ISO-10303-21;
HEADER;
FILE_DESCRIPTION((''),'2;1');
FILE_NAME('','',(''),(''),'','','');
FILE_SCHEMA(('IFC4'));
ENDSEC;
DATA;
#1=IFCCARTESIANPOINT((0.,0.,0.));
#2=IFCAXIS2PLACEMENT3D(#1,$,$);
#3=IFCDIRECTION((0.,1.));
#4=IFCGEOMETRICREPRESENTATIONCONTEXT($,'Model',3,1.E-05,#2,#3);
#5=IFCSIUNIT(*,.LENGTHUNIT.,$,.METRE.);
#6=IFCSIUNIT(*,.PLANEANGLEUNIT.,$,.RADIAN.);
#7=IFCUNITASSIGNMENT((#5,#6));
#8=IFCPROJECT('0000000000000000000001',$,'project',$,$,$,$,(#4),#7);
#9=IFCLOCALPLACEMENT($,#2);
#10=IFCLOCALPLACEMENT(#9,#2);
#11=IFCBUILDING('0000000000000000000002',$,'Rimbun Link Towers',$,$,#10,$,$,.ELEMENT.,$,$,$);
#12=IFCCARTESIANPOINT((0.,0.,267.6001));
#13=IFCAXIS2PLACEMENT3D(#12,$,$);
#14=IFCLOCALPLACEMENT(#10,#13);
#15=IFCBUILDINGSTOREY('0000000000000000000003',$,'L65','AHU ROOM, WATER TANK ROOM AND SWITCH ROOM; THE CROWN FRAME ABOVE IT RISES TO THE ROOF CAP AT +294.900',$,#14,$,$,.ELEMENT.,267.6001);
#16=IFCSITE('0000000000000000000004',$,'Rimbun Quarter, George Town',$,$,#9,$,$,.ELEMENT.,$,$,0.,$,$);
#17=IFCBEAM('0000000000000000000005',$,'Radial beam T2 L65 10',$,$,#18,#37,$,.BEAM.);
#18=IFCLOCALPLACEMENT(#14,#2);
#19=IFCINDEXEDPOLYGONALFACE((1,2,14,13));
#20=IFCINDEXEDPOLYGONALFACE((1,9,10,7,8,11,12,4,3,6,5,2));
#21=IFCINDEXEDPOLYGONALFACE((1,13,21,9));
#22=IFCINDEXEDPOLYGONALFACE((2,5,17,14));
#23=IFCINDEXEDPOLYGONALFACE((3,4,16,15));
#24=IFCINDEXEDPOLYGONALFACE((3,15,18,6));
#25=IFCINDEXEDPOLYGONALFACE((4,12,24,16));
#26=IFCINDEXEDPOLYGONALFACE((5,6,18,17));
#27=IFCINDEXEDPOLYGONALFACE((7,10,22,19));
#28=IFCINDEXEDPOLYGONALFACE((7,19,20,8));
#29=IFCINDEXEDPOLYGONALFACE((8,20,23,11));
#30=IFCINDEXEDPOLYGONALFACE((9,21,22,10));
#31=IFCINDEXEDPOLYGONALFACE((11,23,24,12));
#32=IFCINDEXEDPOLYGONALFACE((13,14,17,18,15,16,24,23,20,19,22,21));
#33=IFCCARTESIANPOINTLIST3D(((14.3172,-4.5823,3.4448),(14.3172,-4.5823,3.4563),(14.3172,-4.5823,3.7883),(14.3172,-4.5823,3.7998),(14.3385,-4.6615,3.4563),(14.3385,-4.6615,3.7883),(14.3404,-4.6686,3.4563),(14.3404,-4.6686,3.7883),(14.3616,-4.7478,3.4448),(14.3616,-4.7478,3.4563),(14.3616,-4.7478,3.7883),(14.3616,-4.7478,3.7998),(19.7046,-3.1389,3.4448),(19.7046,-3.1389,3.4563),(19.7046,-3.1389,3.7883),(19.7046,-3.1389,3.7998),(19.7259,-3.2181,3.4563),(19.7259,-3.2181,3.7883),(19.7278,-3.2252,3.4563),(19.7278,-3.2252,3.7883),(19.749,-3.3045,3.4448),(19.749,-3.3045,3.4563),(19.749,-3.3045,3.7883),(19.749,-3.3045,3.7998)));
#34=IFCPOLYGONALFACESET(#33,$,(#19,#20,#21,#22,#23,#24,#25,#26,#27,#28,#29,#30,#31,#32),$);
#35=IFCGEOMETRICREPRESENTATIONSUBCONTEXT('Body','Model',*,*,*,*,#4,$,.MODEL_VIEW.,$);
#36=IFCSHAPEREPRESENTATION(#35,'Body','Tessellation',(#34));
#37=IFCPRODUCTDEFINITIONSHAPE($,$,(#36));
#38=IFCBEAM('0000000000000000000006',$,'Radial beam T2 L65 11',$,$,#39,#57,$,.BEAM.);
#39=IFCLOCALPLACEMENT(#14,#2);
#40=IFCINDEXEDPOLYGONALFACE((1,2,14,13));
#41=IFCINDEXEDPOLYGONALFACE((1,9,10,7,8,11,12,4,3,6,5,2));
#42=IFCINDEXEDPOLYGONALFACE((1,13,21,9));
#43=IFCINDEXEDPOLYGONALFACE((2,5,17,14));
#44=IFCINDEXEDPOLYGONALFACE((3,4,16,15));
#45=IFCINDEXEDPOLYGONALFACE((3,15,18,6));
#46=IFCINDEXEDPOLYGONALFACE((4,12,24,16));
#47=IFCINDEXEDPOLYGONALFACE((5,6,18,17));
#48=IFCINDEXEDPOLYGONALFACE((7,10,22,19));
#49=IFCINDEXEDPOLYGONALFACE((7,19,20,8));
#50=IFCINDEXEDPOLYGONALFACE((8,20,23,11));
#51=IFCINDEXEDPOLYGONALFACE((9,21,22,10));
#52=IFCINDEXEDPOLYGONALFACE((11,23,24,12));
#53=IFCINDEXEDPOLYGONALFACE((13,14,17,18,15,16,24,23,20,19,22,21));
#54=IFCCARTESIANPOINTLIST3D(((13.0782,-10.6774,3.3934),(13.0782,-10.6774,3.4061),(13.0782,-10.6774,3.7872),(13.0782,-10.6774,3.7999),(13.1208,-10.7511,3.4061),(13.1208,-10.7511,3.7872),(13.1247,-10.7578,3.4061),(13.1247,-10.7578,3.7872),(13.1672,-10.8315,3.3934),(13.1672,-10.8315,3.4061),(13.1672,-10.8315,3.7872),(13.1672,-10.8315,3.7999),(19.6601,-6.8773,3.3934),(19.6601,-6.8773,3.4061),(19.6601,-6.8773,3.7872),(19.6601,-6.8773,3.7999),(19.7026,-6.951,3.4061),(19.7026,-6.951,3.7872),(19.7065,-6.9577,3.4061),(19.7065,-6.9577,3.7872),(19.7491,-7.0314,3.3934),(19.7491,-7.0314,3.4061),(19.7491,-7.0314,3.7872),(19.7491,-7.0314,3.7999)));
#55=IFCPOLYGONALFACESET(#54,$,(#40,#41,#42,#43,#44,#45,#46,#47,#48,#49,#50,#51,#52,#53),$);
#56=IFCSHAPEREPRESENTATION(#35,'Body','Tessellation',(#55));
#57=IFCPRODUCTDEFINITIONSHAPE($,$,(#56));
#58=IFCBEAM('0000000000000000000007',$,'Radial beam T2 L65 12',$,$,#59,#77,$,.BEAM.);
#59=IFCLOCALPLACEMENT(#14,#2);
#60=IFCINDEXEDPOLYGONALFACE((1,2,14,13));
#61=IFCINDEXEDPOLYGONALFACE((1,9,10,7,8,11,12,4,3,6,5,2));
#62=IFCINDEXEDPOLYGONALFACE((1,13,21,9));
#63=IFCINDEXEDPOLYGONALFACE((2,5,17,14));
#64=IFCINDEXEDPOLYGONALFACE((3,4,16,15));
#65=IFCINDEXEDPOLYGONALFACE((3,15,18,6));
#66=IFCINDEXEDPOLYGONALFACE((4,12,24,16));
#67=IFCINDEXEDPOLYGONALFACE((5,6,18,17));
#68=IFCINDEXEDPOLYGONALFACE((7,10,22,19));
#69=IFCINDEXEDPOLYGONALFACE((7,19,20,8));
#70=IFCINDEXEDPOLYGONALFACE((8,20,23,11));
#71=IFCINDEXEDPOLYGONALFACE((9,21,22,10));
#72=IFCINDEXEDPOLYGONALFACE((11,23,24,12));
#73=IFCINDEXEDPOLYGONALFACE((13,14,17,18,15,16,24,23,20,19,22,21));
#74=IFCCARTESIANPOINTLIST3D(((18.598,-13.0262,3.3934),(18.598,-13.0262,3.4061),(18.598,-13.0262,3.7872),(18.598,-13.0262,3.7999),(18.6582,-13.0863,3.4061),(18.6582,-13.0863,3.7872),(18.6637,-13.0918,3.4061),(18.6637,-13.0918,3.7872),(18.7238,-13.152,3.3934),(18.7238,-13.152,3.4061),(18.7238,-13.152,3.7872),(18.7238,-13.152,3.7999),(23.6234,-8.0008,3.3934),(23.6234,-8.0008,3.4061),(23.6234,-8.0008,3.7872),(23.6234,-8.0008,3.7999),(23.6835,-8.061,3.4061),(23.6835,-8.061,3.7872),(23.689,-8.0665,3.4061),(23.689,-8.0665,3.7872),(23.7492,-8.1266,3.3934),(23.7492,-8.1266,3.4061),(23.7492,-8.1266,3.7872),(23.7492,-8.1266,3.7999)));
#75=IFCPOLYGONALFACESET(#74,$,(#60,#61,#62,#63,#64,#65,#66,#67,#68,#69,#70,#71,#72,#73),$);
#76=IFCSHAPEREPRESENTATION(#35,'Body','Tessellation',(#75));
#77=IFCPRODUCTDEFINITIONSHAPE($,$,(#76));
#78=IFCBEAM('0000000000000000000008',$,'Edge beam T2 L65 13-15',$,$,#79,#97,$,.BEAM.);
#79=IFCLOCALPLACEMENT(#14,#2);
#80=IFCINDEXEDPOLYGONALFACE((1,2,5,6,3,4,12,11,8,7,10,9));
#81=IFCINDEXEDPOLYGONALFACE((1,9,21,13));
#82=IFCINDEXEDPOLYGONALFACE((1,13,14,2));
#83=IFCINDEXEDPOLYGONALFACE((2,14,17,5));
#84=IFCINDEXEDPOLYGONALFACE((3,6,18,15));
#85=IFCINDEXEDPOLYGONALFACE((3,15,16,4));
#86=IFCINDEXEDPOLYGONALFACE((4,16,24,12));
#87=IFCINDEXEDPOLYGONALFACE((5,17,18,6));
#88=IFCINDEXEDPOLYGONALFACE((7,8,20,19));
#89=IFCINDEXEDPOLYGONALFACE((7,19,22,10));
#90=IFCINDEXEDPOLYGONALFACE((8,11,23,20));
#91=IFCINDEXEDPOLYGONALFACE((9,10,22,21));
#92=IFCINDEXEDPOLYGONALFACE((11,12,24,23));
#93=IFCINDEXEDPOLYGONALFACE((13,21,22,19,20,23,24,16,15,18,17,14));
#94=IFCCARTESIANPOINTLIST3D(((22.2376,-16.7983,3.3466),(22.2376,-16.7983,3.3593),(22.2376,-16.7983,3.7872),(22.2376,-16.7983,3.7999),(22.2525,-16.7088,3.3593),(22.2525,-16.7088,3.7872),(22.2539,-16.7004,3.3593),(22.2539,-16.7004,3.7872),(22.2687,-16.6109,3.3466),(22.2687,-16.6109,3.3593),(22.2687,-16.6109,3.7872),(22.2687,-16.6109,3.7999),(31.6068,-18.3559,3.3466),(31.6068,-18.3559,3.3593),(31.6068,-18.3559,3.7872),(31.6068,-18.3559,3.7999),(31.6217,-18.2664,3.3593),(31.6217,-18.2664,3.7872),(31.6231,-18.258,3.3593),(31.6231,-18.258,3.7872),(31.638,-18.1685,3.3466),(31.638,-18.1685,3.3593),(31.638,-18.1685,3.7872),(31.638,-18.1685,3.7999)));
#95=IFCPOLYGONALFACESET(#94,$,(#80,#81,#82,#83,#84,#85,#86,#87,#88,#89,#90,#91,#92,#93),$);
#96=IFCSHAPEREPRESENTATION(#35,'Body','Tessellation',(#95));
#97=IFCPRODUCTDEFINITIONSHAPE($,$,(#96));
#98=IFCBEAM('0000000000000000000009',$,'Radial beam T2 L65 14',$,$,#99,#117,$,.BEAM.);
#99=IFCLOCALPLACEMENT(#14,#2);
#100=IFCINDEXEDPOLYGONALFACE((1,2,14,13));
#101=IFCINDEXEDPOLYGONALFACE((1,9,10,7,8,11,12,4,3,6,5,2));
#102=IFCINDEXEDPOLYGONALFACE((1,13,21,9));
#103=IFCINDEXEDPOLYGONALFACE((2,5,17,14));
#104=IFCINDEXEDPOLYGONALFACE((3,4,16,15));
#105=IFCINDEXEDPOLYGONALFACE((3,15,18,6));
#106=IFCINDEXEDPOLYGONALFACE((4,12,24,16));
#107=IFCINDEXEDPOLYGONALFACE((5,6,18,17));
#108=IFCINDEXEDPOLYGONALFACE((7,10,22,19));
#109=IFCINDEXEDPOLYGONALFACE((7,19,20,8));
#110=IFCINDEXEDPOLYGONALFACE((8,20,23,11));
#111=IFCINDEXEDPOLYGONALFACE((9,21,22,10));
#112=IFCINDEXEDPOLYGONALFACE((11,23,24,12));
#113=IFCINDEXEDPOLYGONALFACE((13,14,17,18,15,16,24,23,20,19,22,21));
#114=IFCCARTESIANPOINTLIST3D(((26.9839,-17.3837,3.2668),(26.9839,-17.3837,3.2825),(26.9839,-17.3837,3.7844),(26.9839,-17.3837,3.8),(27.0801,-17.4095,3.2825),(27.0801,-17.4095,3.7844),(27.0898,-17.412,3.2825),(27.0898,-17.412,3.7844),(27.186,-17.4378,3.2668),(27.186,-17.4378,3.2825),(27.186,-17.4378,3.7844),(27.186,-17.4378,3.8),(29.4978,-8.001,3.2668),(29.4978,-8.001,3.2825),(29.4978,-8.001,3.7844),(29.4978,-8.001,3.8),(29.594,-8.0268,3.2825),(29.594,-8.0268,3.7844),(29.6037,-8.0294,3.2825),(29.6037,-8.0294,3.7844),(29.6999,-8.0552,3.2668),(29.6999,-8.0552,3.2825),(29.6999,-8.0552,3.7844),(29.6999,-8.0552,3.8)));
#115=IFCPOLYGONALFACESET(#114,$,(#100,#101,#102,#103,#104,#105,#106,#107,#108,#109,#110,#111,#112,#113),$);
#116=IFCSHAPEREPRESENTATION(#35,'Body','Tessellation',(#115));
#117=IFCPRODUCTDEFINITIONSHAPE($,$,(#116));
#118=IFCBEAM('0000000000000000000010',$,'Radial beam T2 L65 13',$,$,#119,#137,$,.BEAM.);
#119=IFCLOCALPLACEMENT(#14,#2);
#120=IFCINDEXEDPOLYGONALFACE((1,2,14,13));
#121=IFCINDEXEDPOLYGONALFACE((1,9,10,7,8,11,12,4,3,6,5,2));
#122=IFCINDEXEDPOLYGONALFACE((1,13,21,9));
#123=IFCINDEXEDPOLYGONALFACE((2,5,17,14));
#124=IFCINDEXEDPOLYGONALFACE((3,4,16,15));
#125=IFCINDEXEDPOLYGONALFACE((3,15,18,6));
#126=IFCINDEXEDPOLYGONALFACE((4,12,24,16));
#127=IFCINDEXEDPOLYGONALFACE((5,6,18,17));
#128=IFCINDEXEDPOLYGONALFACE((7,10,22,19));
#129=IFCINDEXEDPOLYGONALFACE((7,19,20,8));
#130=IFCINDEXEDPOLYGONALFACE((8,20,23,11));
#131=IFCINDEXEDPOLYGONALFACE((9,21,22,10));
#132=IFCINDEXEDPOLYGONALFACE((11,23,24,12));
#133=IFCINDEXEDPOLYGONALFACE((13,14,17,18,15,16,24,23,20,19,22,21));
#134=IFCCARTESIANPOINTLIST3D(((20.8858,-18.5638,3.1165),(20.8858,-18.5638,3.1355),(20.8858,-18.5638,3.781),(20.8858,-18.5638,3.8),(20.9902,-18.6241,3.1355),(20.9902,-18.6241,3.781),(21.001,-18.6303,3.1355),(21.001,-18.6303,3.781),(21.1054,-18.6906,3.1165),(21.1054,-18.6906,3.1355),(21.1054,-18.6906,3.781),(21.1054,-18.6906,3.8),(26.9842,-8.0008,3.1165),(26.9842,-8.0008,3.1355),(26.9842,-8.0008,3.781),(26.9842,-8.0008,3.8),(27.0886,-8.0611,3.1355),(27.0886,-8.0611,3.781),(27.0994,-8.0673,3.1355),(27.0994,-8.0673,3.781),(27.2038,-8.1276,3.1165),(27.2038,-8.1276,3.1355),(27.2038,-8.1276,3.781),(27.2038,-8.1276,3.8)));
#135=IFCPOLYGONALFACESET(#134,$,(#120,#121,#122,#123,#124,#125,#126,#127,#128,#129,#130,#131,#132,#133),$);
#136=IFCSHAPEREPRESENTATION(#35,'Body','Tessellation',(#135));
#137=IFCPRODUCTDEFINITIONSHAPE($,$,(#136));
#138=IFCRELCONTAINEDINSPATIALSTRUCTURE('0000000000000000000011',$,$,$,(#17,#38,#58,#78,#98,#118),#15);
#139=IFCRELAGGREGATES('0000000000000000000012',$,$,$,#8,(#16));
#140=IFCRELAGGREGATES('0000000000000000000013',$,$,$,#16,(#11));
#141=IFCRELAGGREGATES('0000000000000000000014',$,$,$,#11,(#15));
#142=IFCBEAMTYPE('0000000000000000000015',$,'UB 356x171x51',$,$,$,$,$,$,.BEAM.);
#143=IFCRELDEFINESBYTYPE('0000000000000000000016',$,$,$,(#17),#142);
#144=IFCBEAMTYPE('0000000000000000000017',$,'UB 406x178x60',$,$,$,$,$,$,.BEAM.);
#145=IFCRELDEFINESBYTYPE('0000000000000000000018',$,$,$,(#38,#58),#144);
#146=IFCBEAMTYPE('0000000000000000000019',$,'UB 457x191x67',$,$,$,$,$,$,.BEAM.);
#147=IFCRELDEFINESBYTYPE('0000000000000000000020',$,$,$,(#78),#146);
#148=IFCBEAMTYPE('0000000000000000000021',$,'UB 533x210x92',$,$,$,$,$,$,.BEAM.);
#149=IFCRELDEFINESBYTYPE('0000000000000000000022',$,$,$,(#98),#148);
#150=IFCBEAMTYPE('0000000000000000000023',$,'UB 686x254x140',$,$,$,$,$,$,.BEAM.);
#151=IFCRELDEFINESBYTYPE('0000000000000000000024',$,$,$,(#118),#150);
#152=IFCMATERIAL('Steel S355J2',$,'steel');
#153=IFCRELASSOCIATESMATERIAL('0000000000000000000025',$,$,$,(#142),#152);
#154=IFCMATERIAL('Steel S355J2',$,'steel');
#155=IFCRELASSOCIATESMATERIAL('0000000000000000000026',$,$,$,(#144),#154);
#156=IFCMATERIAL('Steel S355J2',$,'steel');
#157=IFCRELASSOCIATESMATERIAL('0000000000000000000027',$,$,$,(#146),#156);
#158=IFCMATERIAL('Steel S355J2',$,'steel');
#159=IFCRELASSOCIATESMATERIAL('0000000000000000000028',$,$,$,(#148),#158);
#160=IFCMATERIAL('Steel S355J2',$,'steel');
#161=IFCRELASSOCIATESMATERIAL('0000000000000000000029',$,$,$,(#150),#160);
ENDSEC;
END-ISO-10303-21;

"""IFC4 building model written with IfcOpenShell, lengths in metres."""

from ifc_helpers import new_model, si_unit, direction, frame, origin, origin_2d, place, context, subcontext, project, spatial, i_section, extrude, material, material_profile, profile_set, type_object, element, save


model = new_model("IFC4")

# Units and contexts
model_context = context("Model", 3, precision=1e-05, world=origin(), true_north=direction((0.0, 1.0)))
body_context = subcontext(model_context, "Body", "Model", "MODEL_VIEW")
ifc_project = project(units=[si_unit("LENGTHUNIT", "METRE"), si_unit("PLANEANGLEUNIT", "RADIAN")], contexts=[model_context])

# Site, building, storey
site_placement = place(None, origin())
site = spatial("IfcSite", under=ifc_project, at=site_placement, Name="Rimbun Quarter, George Town", CompositionType="ELEMENT", RefElevation=0.0)
building_placement = place(site_placement, origin())
building = spatial("IfcBuilding", under=site, at=building_placement, Name="Rimbun Link Towers", CompositionType="ELEMENT")
storey_placement = place(building_placement, frame((0.0, 0.0, 267.6001)))
storey = spatial("IfcBuildingStorey", under=building, at=storey_placement, Name="L65", Description="AHU ROOM, WATER TANK ROOM AND SWITCH ROOM; THE CROWN FRAME ABOVE IT RISES TO THE ROOF CAP AT +294.900", CompositionType="ELEMENT", Elevation=267.6001)

# Beams
ifc_material_1 = material(Name="Steel S355J2", Category="steel")
ifc_material_profile_1 = material_profile(ifc_material_1, i_section(OverallWidth=0.1714, OverallDepth=0.355, WebThickness=0.0073, FlangeThickness=0.0115, at=origin_2d()), Name="UB 356x171x51")
ifc_profile_set_1 = profile_set([ifc_material_profile_1], Name="Steel S355J2")
beam_type_1 = type_object("IfcBeamType", Name="UB 356x171x51", PredefinedType="BEAM", material=ifc_profile_set_1)
beam_1_placement = place(storey_placement, frame((19.7268, -3.2217, 3.6223), z_axis=(-0.965935, -0.258785, 0.0), x_axis=(0.258785, -0.965935, 0.0)))
element("IfcBeam", 1, at=beam_1_placement, inside=storey, type_object=beam_type_1, Name="Radial beam T2 L65 10", PredefinedType="BEAM", context=body_context, shape_type="SweptSolid", body=[
    extrude(i_section(OverallWidth=0.1714, OverallDepth=0.355, WebThickness=0.0073, FlangeThickness=0.0115, at=origin_2d()), origin(), (0.0, 0.0, 1.0), 5.5774),
])
ifc_material_2 = material(Name="Steel S355J2", Category="steel")
ifc_material_profile_2 = material_profile(ifc_material_2, i_section(OverallWidth=0.178, OverallDepth=0.4065, WebThickness=0.0078, FlangeThickness=0.0127, at=origin_2d()), Name="UB 406x178x60")
ifc_profile_set_2 = profile_set([ifc_material_profile_2], Name="Steel S355J2")
beam_type_2 = type_object("IfcBeamType", Name="UB 406x178x60", PredefinedType="BEAM", material=ifc_profile_set_2)
beam_2_placement = place(storey_placement, frame((19.7046, -6.9543, 3.5967), z_axis=(-0.866022, -0.500005, 0.0), x_axis=(0.500005, -0.866022, 0.0)))
element("IfcBeam", 2, at=beam_2_placement, inside=storey, type_object=beam_type_2, Name="Radial beam T2 L65 11", PredefinedType="BEAM", context=body_context, shape_type="SweptSolid", body=[
    extrude(i_section(OverallWidth=0.178, OverallDepth=0.4065, WebThickness=0.0078, FlangeThickness=0.0127, at=origin_2d()), origin(), (0.0, 0.0, 1.0), 7.6001),
])
beam_3_placement = place(storey_placement, frame((23.6863, -8.0637, 3.5967), z_axis=(-0.707107, -0.707107, 0.0), x_axis=(0.707107, -0.707107, 0.0)))
element("IfcBeam", 3, at=beam_3_placement, inside=storey, type_object=beam_type_2, Name="Radial beam T2 L65 12", PredefinedType="BEAM", context=body_context, shape_type="SweptSolid", body=[
    extrude(i_section(OverallWidth=0.178, OverallDepth=0.4065, WebThickness=0.0078, FlangeThickness=0.0127, at=origin_2d()), origin(), (0.0, 0.0, 1.0), 7.1069),
])
ifc_material_3 = material(Name="Steel S355J2", Category="steel")
ifc_material_profile_3 = material_profile(ifc_material_3, i_section(OverallWidth=0.1899, OverallDepth=0.4534, WebThickness=0.0085, FlangeThickness=0.0127, at=origin_2d()), Name="UB 457x191x67")
ifc_profile_set_3 = profile_set([ifc_material_profile_3], Name="Steel S355J2")
beam_type_3 = type_object("IfcBeamType", Name="UB 457x191x67", PredefinedType="BEAM", material=ifc_profile_set_3)
beam_4_placement = place(storey_placement, frame((22.2532, -16.7046, 3.5732), z_axis=(0.986461, -0.163999, 0.0), x_axis=(0.163999, 0.986461, 0.0)))
element("IfcBeam", 4, at=beam_4_placement, inside=storey, type_object=beam_type_3, Name="Edge beam T2 L65 13-15", PredefinedType="BEAM", context=body_context, shape_type="SweptSolid", body=[
    extrude(i_section(OverallWidth=0.1899, OverallDepth=0.4534, WebThickness=0.0085, FlangeThickness=0.0127, at=origin_2d()), origin(), (0.0, 0.0, 1.0), 9.4978),
])
ifc_material_4 = material(Name="Steel S355J2", Category="steel")
ifc_material_profile_4 = material_profile(ifc_material_4, i_section(OverallWidth=0.2092, OverallDepth=0.5332, WebThickness=0.01, FlangeThickness=0.0156, at=origin_2d()), Name="UB 533x210x92")
ifc_profile_set_4 = profile_set([ifc_material_profile_4], Name="Steel S355J2")
beam_type_4 = type_object("IfcBeamType", Name="UB 533x210x92", PredefinedType="BEAM", material=ifc_profile_set_4)
beam_5_placement = place(storey_placement, frame((29.5989, -8.0281, 3.5334), z_axis=(-0.258806, -0.965929, 0.0), x_axis=(0.965929, -0.258806, 0.0)))
element("IfcBeam", 5, at=beam_5_placement, inside=storey, type_object=beam_type_4, Name="Radial beam T2 L65 14", PredefinedType="BEAM", context=body_context, shape_type="SweptSolid", body=[
    extrude(i_section(OverallWidth=0.2092, OverallDepth=0.5332, WebThickness=0.01, FlangeThickness=0.0156, at=origin_2d()), origin(), (0.0, 0.0, 1.0), 9.7136),
])
ifc_material_5 = material(Name="Steel S355J2", Category="steel")
ifc_material_profile_5 = material_profile(ifc_material_5, i_section(OverallWidth=0.2537, OverallDepth=0.6836, WebThickness=0.0125, FlangeThickness=0.019, at=origin_2d()), Name="UB 686x254x140")
ifc_profile_set_5 = profile_set([ifc_material_profile_5], Name="Steel S355J2")
beam_type_5 = type_object("IfcBeamType", Name="UB 686x254x140", PredefinedType="BEAM", material=ifc_profile_set_5)
beam_6_placement = place(storey_placement, frame((27.094, -8.0642, 3.4583), z_axis=(-0.49999, -0.866031, 0.0), x_axis=(0.866031, -0.49999, 0.0)))
element("IfcBeam", 6, at=beam_6_placement, inside=storey, type_object=beam_type_5, Name="Radial beam T2 L65 13", PredefinedType="BEAM", context=body_context, shape_type="SweptSolid", body=[
    extrude(i_section(OverallWidth=0.2537, OverallDepth=0.6836, WebThickness=0.0125, FlangeThickness=0.019, at=origin_2d()), origin(), (0.0, 0.0, 1.0), 12.197),
])

save(model, "model.ifc")
